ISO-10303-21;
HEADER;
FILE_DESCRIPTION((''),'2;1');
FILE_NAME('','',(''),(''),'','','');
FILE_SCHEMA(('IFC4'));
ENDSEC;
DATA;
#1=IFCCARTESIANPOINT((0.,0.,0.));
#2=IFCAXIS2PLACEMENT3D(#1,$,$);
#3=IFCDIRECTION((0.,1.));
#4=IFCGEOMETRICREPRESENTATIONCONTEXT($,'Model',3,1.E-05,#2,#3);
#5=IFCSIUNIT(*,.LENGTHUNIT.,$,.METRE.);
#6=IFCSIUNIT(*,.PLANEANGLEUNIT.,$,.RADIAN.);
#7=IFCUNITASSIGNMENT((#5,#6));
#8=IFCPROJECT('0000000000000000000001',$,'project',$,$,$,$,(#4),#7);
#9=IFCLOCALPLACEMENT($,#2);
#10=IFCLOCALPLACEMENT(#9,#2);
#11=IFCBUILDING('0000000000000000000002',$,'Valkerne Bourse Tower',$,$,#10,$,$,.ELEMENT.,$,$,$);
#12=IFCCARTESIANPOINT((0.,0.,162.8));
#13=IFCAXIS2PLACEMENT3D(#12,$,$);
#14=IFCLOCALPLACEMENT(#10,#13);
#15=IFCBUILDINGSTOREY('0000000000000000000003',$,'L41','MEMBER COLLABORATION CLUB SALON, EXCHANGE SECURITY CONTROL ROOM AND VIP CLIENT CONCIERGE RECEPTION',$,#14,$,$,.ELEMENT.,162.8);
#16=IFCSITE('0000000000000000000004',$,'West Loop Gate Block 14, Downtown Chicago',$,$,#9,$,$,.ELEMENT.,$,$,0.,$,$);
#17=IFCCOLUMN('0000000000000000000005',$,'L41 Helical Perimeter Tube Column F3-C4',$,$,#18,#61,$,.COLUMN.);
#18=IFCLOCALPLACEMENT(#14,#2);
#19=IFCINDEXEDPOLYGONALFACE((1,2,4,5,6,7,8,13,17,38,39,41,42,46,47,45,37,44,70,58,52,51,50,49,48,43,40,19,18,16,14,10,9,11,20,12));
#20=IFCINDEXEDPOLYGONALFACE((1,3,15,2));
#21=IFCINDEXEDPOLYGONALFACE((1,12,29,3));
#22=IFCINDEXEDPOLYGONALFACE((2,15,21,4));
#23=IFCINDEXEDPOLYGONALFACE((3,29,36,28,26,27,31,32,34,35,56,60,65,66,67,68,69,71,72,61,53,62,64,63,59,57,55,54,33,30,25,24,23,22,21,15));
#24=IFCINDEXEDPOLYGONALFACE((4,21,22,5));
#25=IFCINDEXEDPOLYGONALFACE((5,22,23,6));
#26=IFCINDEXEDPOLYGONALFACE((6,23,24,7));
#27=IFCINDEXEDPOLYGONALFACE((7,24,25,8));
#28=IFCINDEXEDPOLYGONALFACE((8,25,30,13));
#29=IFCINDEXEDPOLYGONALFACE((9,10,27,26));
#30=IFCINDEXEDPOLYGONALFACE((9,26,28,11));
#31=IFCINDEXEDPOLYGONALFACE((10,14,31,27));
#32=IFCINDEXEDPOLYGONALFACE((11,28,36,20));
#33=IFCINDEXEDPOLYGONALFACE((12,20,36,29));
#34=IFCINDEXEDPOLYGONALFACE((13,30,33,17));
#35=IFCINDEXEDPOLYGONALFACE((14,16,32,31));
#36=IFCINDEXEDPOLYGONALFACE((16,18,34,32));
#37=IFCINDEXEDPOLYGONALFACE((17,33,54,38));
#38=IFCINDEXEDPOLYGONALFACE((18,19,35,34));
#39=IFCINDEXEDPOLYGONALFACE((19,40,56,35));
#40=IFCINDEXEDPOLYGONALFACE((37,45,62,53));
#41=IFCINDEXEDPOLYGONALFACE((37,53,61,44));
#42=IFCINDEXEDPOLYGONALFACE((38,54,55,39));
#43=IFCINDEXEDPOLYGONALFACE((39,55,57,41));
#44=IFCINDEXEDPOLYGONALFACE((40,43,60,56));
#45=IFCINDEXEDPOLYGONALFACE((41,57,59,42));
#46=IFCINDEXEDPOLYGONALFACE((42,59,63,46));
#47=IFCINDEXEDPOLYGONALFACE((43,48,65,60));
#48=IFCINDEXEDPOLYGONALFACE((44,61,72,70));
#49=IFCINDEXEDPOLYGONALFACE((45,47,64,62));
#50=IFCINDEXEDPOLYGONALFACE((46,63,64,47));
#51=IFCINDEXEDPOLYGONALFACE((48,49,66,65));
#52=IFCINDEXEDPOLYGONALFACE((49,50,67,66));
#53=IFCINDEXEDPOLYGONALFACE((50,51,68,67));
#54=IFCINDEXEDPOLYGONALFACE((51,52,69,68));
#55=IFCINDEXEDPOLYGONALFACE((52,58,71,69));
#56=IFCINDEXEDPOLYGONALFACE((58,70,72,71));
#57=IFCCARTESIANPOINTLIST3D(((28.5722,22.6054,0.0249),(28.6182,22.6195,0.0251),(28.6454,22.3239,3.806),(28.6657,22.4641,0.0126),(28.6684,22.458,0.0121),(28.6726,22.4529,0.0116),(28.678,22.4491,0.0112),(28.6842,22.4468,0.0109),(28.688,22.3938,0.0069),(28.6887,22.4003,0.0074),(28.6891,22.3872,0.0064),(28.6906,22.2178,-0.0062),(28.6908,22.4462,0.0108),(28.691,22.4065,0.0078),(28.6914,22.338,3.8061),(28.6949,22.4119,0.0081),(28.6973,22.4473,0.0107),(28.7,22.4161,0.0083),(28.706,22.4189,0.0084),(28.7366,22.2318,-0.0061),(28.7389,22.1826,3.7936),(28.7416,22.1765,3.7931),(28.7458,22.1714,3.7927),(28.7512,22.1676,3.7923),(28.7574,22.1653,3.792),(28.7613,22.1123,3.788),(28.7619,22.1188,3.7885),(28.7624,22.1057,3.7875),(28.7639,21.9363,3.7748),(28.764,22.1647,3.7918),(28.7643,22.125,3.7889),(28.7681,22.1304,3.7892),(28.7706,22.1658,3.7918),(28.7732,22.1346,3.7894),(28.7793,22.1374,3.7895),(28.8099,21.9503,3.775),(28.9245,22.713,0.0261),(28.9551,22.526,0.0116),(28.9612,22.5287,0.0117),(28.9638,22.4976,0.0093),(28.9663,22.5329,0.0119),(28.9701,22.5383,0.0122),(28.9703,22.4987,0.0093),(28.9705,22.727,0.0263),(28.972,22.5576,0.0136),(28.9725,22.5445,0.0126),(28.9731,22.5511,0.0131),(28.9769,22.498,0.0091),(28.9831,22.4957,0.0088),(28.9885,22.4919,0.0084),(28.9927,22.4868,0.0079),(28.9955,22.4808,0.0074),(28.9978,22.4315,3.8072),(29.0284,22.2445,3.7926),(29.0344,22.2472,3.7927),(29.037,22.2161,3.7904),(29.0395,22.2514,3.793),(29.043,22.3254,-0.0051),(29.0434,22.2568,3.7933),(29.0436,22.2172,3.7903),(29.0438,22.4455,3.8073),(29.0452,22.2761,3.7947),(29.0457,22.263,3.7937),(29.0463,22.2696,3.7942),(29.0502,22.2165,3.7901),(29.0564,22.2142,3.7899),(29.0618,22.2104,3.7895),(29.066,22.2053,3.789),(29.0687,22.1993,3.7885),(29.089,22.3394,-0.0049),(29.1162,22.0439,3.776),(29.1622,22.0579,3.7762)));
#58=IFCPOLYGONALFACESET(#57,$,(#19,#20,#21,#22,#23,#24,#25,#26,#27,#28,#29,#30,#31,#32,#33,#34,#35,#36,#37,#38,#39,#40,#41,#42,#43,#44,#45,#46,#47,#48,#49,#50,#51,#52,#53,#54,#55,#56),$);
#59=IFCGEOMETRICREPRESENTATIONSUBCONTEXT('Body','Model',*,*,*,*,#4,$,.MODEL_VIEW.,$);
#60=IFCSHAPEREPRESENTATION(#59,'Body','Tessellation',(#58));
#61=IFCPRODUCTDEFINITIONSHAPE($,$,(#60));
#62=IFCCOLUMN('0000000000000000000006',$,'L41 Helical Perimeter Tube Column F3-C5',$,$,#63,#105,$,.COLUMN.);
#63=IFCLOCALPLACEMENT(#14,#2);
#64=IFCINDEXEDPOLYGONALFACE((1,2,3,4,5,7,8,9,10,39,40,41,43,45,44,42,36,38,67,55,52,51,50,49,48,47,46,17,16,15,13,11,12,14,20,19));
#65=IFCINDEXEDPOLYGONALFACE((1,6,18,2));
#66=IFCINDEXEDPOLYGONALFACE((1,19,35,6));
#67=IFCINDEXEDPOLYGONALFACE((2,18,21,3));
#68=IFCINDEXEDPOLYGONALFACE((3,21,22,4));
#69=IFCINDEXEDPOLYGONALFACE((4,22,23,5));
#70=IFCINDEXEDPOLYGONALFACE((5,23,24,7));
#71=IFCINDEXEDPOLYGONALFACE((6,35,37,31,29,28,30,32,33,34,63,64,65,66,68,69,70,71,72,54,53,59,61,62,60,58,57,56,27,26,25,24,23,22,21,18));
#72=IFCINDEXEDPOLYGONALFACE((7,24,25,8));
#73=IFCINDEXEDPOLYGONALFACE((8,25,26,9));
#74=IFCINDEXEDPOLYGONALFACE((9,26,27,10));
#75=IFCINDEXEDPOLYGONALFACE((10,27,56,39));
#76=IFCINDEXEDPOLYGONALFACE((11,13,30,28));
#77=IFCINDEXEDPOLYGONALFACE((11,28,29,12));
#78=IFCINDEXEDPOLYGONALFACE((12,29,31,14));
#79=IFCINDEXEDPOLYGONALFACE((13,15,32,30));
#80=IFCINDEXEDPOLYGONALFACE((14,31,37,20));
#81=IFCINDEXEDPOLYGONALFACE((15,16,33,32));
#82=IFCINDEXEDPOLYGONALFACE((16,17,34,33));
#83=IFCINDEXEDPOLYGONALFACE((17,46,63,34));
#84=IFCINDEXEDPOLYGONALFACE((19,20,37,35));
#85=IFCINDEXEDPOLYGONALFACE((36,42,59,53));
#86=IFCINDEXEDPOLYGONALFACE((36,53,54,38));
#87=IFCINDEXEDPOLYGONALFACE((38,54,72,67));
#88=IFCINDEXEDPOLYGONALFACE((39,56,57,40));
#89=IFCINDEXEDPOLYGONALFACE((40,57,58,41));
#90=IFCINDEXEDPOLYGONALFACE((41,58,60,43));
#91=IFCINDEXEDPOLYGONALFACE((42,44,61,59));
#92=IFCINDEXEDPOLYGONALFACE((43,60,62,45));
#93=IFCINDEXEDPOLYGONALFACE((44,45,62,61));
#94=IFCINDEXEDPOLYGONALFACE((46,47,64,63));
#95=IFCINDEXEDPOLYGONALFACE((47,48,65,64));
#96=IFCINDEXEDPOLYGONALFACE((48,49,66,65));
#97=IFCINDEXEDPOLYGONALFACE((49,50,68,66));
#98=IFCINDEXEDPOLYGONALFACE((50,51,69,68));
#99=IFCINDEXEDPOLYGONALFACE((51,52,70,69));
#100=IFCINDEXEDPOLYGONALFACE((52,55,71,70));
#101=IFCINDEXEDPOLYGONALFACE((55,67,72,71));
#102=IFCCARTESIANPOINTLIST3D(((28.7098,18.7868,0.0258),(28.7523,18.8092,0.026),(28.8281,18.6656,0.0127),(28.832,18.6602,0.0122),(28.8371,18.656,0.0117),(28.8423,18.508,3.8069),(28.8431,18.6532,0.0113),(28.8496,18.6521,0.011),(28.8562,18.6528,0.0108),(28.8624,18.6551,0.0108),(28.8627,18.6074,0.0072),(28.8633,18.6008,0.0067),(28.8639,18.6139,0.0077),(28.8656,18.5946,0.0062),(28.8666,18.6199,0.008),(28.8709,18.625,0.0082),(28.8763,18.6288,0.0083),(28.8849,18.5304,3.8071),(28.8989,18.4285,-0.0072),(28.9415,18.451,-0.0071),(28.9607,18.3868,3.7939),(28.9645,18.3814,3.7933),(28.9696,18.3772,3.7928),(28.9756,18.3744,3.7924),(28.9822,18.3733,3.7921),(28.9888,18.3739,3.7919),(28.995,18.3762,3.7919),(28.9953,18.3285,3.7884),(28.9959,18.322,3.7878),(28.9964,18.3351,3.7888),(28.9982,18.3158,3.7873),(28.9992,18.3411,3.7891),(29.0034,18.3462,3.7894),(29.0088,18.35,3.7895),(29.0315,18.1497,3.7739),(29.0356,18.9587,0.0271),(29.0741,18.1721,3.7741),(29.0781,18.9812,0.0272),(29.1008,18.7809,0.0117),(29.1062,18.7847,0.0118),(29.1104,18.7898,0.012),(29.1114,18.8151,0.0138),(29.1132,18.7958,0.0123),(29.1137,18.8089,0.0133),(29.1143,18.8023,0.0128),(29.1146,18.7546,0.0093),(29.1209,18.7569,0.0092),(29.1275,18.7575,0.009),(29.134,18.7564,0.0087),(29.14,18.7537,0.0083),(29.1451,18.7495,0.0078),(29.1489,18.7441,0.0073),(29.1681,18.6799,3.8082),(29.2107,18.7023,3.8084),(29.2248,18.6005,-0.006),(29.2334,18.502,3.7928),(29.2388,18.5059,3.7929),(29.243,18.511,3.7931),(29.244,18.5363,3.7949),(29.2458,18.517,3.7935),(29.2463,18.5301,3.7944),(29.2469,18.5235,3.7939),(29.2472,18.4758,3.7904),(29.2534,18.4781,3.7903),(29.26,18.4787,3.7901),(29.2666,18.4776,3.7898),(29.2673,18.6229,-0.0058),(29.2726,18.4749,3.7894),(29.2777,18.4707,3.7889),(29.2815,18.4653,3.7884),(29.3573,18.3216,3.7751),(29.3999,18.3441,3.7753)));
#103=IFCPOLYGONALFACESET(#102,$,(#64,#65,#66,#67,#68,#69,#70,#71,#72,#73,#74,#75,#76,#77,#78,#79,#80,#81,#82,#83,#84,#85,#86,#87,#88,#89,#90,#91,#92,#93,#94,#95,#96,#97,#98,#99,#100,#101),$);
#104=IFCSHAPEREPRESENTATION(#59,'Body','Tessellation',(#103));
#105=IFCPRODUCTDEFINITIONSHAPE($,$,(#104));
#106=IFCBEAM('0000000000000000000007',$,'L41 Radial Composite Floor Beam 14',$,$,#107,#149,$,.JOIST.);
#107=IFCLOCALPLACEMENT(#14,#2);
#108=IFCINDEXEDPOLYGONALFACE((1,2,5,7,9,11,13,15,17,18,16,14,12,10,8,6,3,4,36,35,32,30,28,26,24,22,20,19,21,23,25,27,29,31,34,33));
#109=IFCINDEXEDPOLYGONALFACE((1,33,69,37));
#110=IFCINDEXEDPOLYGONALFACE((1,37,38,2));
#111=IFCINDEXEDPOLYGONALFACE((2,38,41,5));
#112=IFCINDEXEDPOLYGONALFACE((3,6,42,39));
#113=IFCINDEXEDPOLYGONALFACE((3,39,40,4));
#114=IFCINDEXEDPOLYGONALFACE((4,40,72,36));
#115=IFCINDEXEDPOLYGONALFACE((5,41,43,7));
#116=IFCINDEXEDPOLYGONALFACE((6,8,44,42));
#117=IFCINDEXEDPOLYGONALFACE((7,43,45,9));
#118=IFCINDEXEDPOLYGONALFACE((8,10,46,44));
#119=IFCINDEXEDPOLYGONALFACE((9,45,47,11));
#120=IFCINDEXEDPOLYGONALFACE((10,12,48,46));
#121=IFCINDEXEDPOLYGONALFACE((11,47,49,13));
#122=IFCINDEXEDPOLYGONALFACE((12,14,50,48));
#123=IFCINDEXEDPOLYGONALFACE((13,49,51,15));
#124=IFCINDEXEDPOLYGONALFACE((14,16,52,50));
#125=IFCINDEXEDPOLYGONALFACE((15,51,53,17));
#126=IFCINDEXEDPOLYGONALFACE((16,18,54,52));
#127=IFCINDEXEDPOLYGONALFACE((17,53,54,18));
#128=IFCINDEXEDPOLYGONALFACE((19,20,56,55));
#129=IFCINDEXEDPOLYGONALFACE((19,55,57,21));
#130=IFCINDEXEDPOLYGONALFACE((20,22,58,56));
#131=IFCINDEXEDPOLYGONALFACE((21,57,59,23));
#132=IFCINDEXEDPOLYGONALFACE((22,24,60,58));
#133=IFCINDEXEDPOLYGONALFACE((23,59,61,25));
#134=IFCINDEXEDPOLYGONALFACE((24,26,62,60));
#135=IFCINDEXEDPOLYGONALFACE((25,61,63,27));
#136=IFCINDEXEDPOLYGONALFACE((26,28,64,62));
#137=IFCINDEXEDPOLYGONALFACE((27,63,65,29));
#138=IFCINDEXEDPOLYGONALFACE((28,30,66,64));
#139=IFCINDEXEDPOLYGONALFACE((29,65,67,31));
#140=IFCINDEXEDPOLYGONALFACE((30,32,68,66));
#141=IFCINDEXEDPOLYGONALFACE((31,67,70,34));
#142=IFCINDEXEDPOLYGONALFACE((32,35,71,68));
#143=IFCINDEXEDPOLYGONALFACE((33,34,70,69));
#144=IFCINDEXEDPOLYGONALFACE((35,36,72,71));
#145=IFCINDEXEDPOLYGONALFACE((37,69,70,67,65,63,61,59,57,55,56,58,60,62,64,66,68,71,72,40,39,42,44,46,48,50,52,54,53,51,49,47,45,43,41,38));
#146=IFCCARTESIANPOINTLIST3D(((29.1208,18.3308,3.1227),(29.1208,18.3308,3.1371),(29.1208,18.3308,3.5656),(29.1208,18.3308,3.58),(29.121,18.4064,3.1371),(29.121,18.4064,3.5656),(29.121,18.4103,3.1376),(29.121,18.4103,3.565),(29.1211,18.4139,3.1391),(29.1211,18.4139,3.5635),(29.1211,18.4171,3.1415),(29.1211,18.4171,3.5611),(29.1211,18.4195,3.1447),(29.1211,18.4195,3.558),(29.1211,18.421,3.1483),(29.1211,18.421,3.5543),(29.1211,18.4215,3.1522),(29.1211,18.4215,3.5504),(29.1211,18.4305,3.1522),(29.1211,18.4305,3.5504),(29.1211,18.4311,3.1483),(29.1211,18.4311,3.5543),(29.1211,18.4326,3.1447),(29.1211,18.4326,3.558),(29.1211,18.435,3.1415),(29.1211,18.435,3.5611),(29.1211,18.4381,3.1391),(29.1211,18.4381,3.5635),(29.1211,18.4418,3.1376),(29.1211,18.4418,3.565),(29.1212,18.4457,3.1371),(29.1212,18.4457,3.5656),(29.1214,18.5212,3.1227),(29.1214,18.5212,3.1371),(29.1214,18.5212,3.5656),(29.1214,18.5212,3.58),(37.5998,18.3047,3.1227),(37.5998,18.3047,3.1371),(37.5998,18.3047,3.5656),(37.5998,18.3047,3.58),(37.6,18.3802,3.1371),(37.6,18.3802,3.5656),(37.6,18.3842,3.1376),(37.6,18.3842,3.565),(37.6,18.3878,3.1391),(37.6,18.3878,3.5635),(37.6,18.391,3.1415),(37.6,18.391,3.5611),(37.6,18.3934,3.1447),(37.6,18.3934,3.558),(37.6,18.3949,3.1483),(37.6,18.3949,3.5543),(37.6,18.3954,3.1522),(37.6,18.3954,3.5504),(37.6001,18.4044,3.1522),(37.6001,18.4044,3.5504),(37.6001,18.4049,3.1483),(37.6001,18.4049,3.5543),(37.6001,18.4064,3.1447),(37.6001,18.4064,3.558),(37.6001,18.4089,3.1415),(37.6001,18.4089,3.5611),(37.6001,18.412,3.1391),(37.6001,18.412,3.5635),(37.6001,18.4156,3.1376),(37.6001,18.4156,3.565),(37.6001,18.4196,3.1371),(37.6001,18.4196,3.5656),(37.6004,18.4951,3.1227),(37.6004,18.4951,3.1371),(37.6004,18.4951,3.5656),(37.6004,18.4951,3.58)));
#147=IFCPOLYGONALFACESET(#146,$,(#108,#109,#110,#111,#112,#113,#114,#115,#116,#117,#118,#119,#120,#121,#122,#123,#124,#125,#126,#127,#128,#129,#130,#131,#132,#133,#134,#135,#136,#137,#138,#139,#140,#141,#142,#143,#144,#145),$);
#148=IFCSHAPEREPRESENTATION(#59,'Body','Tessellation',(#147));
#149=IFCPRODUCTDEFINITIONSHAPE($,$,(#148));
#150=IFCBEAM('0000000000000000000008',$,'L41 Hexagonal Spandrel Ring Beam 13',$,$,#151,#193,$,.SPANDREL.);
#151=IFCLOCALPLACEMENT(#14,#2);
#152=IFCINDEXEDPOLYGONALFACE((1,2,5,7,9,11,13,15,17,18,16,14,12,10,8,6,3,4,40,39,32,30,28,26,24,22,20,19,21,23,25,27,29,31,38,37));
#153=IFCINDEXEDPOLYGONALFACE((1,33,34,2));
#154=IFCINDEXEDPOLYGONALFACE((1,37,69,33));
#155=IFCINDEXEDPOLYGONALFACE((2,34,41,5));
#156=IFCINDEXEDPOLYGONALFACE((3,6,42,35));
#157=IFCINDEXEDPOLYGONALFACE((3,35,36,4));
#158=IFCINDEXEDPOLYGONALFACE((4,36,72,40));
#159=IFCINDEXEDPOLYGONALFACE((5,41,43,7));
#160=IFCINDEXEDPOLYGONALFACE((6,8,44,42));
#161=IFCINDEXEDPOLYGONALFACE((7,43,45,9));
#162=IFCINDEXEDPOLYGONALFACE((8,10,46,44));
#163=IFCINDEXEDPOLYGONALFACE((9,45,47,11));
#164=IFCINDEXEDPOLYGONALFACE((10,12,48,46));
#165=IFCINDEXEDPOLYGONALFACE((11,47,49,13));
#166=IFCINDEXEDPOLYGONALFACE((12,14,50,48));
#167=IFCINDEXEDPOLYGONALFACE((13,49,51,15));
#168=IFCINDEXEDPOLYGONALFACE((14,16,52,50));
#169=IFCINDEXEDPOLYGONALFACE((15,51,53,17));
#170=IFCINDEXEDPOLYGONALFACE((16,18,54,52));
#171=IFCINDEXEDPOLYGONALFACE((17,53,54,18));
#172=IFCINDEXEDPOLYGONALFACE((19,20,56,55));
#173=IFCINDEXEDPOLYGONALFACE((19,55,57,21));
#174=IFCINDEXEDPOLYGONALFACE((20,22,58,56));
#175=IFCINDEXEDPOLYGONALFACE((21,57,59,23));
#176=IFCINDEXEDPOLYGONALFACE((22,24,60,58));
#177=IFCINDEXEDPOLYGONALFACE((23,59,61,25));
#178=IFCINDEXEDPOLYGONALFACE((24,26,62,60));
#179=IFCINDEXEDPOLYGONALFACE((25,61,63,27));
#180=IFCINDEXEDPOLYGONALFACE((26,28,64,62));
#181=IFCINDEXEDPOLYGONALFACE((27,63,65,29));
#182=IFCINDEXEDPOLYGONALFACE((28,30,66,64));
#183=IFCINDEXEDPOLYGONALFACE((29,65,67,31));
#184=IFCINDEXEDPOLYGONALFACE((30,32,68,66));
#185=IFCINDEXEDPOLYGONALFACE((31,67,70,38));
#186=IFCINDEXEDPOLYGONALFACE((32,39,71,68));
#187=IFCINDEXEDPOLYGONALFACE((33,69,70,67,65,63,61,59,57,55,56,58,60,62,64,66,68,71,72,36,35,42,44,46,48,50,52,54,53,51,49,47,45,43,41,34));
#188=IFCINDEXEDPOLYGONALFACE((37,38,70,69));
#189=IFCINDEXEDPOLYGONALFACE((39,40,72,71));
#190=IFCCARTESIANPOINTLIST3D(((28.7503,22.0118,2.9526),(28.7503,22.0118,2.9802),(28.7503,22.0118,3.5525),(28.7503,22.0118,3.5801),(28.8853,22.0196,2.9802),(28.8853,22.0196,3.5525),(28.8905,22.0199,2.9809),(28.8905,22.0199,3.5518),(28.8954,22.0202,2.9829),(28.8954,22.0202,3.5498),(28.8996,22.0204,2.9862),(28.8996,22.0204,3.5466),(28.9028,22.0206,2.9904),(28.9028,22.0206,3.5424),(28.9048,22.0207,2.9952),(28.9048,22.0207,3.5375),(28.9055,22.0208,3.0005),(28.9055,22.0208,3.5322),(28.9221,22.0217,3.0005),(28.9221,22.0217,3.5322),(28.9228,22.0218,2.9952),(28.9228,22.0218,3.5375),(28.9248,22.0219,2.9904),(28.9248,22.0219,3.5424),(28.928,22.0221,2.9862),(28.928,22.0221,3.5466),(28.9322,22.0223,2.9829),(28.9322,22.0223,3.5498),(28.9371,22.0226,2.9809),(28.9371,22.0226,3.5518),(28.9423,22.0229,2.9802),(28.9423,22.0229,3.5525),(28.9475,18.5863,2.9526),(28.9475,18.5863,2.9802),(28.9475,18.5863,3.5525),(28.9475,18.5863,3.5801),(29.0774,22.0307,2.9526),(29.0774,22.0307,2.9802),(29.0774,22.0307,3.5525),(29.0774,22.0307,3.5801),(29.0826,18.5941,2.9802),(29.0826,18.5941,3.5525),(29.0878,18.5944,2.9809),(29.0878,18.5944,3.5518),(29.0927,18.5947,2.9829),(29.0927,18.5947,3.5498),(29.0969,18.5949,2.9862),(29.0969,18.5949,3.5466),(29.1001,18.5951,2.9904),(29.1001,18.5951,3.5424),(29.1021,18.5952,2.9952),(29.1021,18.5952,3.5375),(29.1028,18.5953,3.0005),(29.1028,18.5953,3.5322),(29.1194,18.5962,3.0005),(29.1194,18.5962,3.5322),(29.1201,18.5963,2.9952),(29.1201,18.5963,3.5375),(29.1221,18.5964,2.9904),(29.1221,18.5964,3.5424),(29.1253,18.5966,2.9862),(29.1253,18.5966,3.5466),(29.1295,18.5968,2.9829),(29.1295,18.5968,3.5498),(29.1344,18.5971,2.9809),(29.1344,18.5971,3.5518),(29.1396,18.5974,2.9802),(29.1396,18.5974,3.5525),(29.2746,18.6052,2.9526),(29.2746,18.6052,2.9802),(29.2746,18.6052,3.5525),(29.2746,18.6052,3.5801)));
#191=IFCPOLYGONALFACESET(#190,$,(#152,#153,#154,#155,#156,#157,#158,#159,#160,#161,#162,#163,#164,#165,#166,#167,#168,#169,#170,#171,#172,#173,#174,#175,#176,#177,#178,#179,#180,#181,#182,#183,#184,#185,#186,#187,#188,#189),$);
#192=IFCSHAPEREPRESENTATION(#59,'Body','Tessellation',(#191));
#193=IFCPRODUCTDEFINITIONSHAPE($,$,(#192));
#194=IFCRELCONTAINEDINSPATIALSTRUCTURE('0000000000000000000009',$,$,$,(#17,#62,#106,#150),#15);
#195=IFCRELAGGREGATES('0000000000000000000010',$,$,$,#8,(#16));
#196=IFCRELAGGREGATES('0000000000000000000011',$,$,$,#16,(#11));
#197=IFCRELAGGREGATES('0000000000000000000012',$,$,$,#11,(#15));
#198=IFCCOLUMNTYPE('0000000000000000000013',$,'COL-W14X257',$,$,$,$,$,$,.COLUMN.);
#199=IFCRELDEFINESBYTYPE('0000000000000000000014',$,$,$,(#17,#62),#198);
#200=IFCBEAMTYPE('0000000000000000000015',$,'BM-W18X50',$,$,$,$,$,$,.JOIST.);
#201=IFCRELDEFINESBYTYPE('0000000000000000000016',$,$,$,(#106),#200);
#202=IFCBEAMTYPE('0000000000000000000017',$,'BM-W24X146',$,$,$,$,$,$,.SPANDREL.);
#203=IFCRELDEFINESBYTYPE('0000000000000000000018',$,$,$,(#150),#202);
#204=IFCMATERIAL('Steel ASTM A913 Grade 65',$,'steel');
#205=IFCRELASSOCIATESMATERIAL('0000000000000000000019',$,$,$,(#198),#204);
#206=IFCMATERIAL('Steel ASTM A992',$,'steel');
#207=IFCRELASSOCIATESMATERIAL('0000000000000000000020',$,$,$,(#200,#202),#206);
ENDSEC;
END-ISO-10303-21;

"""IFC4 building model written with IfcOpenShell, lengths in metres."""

from ifc_helpers import new_model, si_unit, direction, frame, origin, origin_2d, place, context, subcontext, project, spatial, i_section, extrude, material, material_profile, profile_set, type_object, element, save


model = new_model("IFC4")

# Units and contexts
model_context = context("Model", 3, precision=1e-05, world=origin(), true_north=direction((0.0, 1.0)))
body_context = subcontext(model_context, "Body", "Model", "MODEL_VIEW")
ifc_project = project(units=[si_unit("LENGTHUNIT", "METRE"), si_unit("PLANEANGLEUNIT", "RADIAN")], contexts=[model_context])

# Site, building, storey
site_placement = place(None, origin())
site = spatial("IfcSite", under=ifc_project, at=site_placement, Name="West Loop Gate Block 14, Downtown Chicago", CompositionType="ELEMENT", RefElevation=0.0)
building_placement = place(site_placement, origin())
building = spatial("IfcBuilding", under=site, at=building_placement, Name="Valkerne Bourse Tower", CompositionType="ELEMENT")
storey_placement = place(building_placement, frame((0.0, 0.0, 162.8)))
storey = spatial("IfcBuildingStorey", under=building, at=storey_placement, Name="L41", Description="MEMBER COLLABORATION CLUB SALON, EXCHANGE SECURITY CONTROL ROOM AND VIP CLIENT CONCIERGE RECEPTION", CompositionType="ELEMENT", Elevation=162.8)

# Columns
ifc_material_1 = material(Name="Steel ASTM A913 Grade 65", Category="steel")
ifc_material_profile_1 = material_profile(ifc_material_1, i_section(OverallWidth=0.4065, OverallDepth=0.4165, WebThickness=0.0298, FlangeThickness=0.0481, FilletRadius=0.0254, at=origin_2d()), Name="W14X257")
ifc_profile_set_1 = profile_set([ifc_material_profile_1], Name="Steel ASTM A913 Grade 65")
column_type = type_object("IfcColumnType", Name="COL-W14X257", PredefinedType="COLUMN", material=ifc_profile_set_1)
column_1_placement = place(storey_placement, frame((28.8306, 22.4724, 0.01), z_axis=(0.019314, -0.07423, 0.997054), x_axis=(0.291371, -0.953536, -0.076634)))
element("IfcColumn", 1, at=column_1_placement, inside=storey, type_object=column_type, Name="L41 Helical Perimeter Tube Column F3-C4", PredefinedType="COLUMN", context=body_context, shape_type="SweptSolid", body=[
    extrude(i_section(OverallWidth=0.4065, OverallDepth=0.4165, WebThickness=0.0298, FlangeThickness=0.0481, FilletRadius=0.0254, at=origin_2d()), origin(), (0.0, 0.0, 1.0), 3.7922),
])
column_2_placement = place(storey_placement, frame((28.9885, 18.7048, 0.01), z_axis=(0.034945, -0.073495, 0.996683), x_axis=(0.46543, -0.881342, -0.081308)))
element("IfcColumn", 2, at=column_2_placement, inside=storey, type_object=column_type, Name="L41 Helical Perimeter Tube Column F3-C5", PredefinedType="COLUMN", context=body_context, shape_type="SweptSolid", body=[
    extrude(i_section(OverallWidth=0.4065, OverallDepth=0.4165, WebThickness=0.0298, FlangeThickness=0.0481, FilletRadius=0.0254, at=origin_2d()), origin(), (0.0, 0.0, 1.0), 3.7937),
])

# Beams
ifc_material_2 = material(Name="Steel ASTM A992", Category="steel")
ifc_material_profile_2 = material_profile(ifc_material_2, i_section(OverallWidth=0.1904, OverallDepth=0.4573, WebThickness=0.009, FlangeThickness=0.0144, FilletRadius=0.0151, at=origin_2d()), Name="W18X50")
ifc_profile_set_2 = profile_set([ifc_material_profile_2], Name="Steel ASTM A992")
beam_type_1 = type_object("IfcBeamType", Name="BM-W18X50", PredefinedType="JOIST", material=ifc_profile_set_2)
beam_1_placement = place(storey_placement, frame((29.1211, 18.426, 3.3513), z_axis=(0.999995, -0.003081, 0.0), x_axis=(0.003081, 0.999995, 0.0)))
element("IfcBeam", 3, at=beam_1_placement, inside=storey, type_object=beam_type_1, Name="L41 Radial Composite Floor Beam 14", PredefinedType="JOIST", context=body_context, shape_type="SweptSolid", body=[
    extrude(i_section(OverallWidth=0.1904, OverallDepth=0.4573, WebThickness=0.009, FlangeThickness=0.0144, FilletRadius=0.0151, at=origin_2d()), origin(), (0.0, 0.0, 1.0), 8.479),
])
ifc_material_profile_3 = material_profile(ifc_material_2, i_section(OverallWidth=0.3276, OverallDepth=0.6274, WebThickness=0.0166, FlangeThickness=0.0276, FilletRadius=0.0203, at=origin_2d()), Name="W24X146")
ifc_profile_set_3 = profile_set([ifc_material_profile_3], Name="Steel ASTM A992")
beam_type_2 = type_object("IfcBeamType", Name="BM-W24X146", PredefinedType="SPANDREL", material=ifc_profile_set_3)
beam_2_placement = place(storey_placement, frame((28.9138, 22.0212, 3.2664), z_axis=(0.057492, -0.998346, 0.0), x_axis=(0.998346, 0.057492, 0.0)))
element("IfcBeam", 4, at=beam_2_placement, inside=storey, type_object=beam_type_2, Name="L41 Hexagonal Spandrel Ring Beam 13", PredefinedType="SPANDREL", context=body_context, shape_type="SweptSolid", body=[
    extrude(i_section(OverallWidth=0.3276, OverallDepth=0.6274, WebThickness=0.0166, FlangeThickness=0.0276, FilletRadius=0.0203, at=origin_2d()), origin(), (0.0, 0.0, 1.0), 3.4312),
])

save(model, "model.ifc")
